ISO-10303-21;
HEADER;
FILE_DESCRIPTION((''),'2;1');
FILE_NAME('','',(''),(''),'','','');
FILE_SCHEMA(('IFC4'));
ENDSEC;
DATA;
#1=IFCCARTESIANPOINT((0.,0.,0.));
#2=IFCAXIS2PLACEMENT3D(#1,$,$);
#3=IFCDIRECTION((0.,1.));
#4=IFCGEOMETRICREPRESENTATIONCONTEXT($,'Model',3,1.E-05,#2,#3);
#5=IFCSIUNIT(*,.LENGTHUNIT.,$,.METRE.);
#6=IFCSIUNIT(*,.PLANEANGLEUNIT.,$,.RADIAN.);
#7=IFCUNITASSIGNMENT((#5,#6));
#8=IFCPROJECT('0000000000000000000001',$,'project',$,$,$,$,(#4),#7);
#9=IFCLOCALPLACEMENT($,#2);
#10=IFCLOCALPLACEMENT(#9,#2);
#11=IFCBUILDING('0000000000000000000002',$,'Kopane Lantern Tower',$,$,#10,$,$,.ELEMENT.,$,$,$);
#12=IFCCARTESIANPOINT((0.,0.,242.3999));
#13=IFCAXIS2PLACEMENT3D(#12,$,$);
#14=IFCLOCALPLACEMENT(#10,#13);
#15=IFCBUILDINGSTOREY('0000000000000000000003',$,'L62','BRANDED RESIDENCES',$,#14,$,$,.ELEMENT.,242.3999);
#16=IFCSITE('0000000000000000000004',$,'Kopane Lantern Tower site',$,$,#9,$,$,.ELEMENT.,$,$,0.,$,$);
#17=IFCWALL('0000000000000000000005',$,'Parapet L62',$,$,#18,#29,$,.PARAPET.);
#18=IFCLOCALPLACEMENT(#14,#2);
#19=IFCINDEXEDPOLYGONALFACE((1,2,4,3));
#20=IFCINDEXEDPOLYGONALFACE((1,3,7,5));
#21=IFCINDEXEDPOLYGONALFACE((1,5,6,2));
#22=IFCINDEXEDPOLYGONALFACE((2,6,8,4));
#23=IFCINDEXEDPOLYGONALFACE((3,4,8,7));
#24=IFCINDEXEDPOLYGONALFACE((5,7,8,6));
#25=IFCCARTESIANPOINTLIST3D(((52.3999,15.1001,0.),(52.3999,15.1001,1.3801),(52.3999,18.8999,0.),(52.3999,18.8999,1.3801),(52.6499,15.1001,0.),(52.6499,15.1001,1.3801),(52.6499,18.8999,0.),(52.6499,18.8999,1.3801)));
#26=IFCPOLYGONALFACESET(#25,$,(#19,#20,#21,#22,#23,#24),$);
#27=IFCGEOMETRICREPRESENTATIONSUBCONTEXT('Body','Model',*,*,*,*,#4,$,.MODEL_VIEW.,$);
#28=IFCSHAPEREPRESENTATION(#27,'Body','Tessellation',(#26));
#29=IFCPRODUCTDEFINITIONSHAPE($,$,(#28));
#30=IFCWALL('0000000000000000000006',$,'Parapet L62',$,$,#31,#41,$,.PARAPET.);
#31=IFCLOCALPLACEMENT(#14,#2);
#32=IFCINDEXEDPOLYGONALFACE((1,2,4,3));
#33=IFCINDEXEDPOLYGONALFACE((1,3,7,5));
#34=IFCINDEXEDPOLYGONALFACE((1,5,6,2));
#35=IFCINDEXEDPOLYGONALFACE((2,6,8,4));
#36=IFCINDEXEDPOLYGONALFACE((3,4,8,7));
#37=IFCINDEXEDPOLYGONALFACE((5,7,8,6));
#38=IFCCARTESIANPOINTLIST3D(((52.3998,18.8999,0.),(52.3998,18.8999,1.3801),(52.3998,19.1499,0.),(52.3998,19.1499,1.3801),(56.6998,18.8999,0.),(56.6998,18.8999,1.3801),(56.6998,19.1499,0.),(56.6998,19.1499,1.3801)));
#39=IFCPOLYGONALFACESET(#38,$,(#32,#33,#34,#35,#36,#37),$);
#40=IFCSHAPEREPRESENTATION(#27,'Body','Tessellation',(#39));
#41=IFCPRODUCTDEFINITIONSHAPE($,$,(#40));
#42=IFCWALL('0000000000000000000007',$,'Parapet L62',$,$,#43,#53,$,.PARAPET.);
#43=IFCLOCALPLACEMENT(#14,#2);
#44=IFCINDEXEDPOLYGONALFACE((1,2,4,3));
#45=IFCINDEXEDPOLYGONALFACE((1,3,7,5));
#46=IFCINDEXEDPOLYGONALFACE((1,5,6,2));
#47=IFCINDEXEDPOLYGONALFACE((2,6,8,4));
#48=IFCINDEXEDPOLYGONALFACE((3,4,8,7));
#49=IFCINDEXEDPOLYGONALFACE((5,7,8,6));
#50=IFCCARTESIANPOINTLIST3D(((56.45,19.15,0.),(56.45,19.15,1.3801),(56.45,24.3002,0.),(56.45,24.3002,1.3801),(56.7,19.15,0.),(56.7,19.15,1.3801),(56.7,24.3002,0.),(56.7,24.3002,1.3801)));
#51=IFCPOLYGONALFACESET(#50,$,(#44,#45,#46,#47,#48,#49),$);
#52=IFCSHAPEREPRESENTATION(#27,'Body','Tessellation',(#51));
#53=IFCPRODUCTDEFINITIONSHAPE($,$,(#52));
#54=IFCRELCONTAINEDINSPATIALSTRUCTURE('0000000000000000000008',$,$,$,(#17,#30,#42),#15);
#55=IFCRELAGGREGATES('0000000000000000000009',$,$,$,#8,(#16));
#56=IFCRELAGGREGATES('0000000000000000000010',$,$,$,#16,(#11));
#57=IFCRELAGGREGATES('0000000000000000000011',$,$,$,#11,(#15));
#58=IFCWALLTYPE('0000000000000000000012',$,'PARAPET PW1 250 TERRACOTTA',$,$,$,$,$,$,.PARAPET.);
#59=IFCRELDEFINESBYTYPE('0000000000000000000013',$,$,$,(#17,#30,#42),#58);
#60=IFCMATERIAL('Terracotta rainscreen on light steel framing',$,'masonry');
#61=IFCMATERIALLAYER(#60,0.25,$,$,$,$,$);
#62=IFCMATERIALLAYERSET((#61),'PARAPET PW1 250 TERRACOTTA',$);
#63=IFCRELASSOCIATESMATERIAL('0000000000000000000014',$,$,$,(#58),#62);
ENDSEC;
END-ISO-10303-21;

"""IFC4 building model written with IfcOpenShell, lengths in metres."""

from ifc_helpers import new_model, si_unit, direction, frame, frame_2d, origin, place, context, subcontext, project, spatial, rectangle, extrude, material, layer, layer_set, type_object, element, save


model = new_model("IFC4")

# Units and contexts
model_context = context("Model", 3, precision=1e-05, world=origin(), true_north=direction((0.0, 1.0)))
body_context = subcontext(model_context, "Body", "Model", "MODEL_VIEW")
ifc_project = project(units=[si_unit("LENGTHUNIT", "METRE"), si_unit("PLANEANGLEUNIT", "RADIAN")], contexts=[model_context])

# Site, building, storey
site_placement = place(None, origin())
site = spatial("IfcSite", under=ifc_project, at=site_placement, Name="Kopane Lantern Tower site", CompositionType="ELEMENT", RefElevation=0.0)
building_placement = place(site_placement, origin())
building = spatial("IfcBuilding", under=site, at=building_placement, Name="Kopane Lantern Tower", CompositionType="ELEMENT")
storey_placement = place(building_placement, frame((0.0, 0.0, 242.3999)))
storey = spatial("IfcBuildingStorey", under=building, at=storey_placement, Name="L62", Description="BRANDED RESIDENCES", CompositionType="ELEMENT", Elevation=242.3999)

# Walls
ifc_material_1 = material(Name="Terracotta rainscreen on light steel framing", Category="masonry")
ifc_layer_1 = layer(ifc_material_1, 0.25)
ifc_layer_set_1 = layer_set([ifc_layer_1], Name="PARAPET PW1 250 TERRACOTTA")
wall_type_1 = type_object("IfcWallType", Name="PARAPET PW1 250 TERRACOTTA", PredefinedType="PARAPET", material=ifc_layer_set_1)
wall_1_placement = place(storey_placement, frame((52.5249, 15.1001, 0.0), z_axis=(0.0, 0.0, 1.0), x_axis=(0.0, 1.0, 0.0)))
element("IfcWall", 1, at=wall_1_placement, inside=storey, type_object=wall_type_1, Name="Parapet L62", PredefinedType="PARAPET", context=body_context, shape_type="SweptSolid", body=[
    extrude(rectangle(XDim=3.7998, YDim=0.25, at=frame_2d((1.8999, 0.0))), origin(), (0.0, 0.0, 1.0), 1.3801),
])
wall_2_placement = place(storey_placement, frame((52.3999, 19.0249, 0.0), z_axis=(0.0, 0.0, 1.0), x_axis=(1.0, 0.0, 0.0)))
element("IfcWall", 2, at=wall_2_placement, inside=storey, type_object=wall_type_1, Name="Parapet L62", PredefinedType="PARAPET", context=body_context, shape_type="SweptSolid", body=[
    extrude(rectangle(XDim=4.3, YDim=0.25, at=frame_2d((2.1499, 0.0))), origin(), (0.0, 0.0, 1.0), 1.3801),
])
wall_3_placement = place(storey_placement, frame((56.575, 19.1499, 0.0), z_axis=(0.0, 0.0, 1.0), x_axis=(0.0, 1.0, 0.0)))
element("IfcWall", 3, at=wall_3_placement, inside=storey, type_object=wall_type_1, Name="Parapet L62", PredefinedType="PARAPET", context=body_context, shape_type="SweptSolid", body=[
    extrude(rectangle(XDim=5.1501, YDim=0.25, at=frame_2d((2.5752, 0.0))), origin(), (0.0, 0.0, 1.0), 1.3801),
])

save(model, "model.ifc")
